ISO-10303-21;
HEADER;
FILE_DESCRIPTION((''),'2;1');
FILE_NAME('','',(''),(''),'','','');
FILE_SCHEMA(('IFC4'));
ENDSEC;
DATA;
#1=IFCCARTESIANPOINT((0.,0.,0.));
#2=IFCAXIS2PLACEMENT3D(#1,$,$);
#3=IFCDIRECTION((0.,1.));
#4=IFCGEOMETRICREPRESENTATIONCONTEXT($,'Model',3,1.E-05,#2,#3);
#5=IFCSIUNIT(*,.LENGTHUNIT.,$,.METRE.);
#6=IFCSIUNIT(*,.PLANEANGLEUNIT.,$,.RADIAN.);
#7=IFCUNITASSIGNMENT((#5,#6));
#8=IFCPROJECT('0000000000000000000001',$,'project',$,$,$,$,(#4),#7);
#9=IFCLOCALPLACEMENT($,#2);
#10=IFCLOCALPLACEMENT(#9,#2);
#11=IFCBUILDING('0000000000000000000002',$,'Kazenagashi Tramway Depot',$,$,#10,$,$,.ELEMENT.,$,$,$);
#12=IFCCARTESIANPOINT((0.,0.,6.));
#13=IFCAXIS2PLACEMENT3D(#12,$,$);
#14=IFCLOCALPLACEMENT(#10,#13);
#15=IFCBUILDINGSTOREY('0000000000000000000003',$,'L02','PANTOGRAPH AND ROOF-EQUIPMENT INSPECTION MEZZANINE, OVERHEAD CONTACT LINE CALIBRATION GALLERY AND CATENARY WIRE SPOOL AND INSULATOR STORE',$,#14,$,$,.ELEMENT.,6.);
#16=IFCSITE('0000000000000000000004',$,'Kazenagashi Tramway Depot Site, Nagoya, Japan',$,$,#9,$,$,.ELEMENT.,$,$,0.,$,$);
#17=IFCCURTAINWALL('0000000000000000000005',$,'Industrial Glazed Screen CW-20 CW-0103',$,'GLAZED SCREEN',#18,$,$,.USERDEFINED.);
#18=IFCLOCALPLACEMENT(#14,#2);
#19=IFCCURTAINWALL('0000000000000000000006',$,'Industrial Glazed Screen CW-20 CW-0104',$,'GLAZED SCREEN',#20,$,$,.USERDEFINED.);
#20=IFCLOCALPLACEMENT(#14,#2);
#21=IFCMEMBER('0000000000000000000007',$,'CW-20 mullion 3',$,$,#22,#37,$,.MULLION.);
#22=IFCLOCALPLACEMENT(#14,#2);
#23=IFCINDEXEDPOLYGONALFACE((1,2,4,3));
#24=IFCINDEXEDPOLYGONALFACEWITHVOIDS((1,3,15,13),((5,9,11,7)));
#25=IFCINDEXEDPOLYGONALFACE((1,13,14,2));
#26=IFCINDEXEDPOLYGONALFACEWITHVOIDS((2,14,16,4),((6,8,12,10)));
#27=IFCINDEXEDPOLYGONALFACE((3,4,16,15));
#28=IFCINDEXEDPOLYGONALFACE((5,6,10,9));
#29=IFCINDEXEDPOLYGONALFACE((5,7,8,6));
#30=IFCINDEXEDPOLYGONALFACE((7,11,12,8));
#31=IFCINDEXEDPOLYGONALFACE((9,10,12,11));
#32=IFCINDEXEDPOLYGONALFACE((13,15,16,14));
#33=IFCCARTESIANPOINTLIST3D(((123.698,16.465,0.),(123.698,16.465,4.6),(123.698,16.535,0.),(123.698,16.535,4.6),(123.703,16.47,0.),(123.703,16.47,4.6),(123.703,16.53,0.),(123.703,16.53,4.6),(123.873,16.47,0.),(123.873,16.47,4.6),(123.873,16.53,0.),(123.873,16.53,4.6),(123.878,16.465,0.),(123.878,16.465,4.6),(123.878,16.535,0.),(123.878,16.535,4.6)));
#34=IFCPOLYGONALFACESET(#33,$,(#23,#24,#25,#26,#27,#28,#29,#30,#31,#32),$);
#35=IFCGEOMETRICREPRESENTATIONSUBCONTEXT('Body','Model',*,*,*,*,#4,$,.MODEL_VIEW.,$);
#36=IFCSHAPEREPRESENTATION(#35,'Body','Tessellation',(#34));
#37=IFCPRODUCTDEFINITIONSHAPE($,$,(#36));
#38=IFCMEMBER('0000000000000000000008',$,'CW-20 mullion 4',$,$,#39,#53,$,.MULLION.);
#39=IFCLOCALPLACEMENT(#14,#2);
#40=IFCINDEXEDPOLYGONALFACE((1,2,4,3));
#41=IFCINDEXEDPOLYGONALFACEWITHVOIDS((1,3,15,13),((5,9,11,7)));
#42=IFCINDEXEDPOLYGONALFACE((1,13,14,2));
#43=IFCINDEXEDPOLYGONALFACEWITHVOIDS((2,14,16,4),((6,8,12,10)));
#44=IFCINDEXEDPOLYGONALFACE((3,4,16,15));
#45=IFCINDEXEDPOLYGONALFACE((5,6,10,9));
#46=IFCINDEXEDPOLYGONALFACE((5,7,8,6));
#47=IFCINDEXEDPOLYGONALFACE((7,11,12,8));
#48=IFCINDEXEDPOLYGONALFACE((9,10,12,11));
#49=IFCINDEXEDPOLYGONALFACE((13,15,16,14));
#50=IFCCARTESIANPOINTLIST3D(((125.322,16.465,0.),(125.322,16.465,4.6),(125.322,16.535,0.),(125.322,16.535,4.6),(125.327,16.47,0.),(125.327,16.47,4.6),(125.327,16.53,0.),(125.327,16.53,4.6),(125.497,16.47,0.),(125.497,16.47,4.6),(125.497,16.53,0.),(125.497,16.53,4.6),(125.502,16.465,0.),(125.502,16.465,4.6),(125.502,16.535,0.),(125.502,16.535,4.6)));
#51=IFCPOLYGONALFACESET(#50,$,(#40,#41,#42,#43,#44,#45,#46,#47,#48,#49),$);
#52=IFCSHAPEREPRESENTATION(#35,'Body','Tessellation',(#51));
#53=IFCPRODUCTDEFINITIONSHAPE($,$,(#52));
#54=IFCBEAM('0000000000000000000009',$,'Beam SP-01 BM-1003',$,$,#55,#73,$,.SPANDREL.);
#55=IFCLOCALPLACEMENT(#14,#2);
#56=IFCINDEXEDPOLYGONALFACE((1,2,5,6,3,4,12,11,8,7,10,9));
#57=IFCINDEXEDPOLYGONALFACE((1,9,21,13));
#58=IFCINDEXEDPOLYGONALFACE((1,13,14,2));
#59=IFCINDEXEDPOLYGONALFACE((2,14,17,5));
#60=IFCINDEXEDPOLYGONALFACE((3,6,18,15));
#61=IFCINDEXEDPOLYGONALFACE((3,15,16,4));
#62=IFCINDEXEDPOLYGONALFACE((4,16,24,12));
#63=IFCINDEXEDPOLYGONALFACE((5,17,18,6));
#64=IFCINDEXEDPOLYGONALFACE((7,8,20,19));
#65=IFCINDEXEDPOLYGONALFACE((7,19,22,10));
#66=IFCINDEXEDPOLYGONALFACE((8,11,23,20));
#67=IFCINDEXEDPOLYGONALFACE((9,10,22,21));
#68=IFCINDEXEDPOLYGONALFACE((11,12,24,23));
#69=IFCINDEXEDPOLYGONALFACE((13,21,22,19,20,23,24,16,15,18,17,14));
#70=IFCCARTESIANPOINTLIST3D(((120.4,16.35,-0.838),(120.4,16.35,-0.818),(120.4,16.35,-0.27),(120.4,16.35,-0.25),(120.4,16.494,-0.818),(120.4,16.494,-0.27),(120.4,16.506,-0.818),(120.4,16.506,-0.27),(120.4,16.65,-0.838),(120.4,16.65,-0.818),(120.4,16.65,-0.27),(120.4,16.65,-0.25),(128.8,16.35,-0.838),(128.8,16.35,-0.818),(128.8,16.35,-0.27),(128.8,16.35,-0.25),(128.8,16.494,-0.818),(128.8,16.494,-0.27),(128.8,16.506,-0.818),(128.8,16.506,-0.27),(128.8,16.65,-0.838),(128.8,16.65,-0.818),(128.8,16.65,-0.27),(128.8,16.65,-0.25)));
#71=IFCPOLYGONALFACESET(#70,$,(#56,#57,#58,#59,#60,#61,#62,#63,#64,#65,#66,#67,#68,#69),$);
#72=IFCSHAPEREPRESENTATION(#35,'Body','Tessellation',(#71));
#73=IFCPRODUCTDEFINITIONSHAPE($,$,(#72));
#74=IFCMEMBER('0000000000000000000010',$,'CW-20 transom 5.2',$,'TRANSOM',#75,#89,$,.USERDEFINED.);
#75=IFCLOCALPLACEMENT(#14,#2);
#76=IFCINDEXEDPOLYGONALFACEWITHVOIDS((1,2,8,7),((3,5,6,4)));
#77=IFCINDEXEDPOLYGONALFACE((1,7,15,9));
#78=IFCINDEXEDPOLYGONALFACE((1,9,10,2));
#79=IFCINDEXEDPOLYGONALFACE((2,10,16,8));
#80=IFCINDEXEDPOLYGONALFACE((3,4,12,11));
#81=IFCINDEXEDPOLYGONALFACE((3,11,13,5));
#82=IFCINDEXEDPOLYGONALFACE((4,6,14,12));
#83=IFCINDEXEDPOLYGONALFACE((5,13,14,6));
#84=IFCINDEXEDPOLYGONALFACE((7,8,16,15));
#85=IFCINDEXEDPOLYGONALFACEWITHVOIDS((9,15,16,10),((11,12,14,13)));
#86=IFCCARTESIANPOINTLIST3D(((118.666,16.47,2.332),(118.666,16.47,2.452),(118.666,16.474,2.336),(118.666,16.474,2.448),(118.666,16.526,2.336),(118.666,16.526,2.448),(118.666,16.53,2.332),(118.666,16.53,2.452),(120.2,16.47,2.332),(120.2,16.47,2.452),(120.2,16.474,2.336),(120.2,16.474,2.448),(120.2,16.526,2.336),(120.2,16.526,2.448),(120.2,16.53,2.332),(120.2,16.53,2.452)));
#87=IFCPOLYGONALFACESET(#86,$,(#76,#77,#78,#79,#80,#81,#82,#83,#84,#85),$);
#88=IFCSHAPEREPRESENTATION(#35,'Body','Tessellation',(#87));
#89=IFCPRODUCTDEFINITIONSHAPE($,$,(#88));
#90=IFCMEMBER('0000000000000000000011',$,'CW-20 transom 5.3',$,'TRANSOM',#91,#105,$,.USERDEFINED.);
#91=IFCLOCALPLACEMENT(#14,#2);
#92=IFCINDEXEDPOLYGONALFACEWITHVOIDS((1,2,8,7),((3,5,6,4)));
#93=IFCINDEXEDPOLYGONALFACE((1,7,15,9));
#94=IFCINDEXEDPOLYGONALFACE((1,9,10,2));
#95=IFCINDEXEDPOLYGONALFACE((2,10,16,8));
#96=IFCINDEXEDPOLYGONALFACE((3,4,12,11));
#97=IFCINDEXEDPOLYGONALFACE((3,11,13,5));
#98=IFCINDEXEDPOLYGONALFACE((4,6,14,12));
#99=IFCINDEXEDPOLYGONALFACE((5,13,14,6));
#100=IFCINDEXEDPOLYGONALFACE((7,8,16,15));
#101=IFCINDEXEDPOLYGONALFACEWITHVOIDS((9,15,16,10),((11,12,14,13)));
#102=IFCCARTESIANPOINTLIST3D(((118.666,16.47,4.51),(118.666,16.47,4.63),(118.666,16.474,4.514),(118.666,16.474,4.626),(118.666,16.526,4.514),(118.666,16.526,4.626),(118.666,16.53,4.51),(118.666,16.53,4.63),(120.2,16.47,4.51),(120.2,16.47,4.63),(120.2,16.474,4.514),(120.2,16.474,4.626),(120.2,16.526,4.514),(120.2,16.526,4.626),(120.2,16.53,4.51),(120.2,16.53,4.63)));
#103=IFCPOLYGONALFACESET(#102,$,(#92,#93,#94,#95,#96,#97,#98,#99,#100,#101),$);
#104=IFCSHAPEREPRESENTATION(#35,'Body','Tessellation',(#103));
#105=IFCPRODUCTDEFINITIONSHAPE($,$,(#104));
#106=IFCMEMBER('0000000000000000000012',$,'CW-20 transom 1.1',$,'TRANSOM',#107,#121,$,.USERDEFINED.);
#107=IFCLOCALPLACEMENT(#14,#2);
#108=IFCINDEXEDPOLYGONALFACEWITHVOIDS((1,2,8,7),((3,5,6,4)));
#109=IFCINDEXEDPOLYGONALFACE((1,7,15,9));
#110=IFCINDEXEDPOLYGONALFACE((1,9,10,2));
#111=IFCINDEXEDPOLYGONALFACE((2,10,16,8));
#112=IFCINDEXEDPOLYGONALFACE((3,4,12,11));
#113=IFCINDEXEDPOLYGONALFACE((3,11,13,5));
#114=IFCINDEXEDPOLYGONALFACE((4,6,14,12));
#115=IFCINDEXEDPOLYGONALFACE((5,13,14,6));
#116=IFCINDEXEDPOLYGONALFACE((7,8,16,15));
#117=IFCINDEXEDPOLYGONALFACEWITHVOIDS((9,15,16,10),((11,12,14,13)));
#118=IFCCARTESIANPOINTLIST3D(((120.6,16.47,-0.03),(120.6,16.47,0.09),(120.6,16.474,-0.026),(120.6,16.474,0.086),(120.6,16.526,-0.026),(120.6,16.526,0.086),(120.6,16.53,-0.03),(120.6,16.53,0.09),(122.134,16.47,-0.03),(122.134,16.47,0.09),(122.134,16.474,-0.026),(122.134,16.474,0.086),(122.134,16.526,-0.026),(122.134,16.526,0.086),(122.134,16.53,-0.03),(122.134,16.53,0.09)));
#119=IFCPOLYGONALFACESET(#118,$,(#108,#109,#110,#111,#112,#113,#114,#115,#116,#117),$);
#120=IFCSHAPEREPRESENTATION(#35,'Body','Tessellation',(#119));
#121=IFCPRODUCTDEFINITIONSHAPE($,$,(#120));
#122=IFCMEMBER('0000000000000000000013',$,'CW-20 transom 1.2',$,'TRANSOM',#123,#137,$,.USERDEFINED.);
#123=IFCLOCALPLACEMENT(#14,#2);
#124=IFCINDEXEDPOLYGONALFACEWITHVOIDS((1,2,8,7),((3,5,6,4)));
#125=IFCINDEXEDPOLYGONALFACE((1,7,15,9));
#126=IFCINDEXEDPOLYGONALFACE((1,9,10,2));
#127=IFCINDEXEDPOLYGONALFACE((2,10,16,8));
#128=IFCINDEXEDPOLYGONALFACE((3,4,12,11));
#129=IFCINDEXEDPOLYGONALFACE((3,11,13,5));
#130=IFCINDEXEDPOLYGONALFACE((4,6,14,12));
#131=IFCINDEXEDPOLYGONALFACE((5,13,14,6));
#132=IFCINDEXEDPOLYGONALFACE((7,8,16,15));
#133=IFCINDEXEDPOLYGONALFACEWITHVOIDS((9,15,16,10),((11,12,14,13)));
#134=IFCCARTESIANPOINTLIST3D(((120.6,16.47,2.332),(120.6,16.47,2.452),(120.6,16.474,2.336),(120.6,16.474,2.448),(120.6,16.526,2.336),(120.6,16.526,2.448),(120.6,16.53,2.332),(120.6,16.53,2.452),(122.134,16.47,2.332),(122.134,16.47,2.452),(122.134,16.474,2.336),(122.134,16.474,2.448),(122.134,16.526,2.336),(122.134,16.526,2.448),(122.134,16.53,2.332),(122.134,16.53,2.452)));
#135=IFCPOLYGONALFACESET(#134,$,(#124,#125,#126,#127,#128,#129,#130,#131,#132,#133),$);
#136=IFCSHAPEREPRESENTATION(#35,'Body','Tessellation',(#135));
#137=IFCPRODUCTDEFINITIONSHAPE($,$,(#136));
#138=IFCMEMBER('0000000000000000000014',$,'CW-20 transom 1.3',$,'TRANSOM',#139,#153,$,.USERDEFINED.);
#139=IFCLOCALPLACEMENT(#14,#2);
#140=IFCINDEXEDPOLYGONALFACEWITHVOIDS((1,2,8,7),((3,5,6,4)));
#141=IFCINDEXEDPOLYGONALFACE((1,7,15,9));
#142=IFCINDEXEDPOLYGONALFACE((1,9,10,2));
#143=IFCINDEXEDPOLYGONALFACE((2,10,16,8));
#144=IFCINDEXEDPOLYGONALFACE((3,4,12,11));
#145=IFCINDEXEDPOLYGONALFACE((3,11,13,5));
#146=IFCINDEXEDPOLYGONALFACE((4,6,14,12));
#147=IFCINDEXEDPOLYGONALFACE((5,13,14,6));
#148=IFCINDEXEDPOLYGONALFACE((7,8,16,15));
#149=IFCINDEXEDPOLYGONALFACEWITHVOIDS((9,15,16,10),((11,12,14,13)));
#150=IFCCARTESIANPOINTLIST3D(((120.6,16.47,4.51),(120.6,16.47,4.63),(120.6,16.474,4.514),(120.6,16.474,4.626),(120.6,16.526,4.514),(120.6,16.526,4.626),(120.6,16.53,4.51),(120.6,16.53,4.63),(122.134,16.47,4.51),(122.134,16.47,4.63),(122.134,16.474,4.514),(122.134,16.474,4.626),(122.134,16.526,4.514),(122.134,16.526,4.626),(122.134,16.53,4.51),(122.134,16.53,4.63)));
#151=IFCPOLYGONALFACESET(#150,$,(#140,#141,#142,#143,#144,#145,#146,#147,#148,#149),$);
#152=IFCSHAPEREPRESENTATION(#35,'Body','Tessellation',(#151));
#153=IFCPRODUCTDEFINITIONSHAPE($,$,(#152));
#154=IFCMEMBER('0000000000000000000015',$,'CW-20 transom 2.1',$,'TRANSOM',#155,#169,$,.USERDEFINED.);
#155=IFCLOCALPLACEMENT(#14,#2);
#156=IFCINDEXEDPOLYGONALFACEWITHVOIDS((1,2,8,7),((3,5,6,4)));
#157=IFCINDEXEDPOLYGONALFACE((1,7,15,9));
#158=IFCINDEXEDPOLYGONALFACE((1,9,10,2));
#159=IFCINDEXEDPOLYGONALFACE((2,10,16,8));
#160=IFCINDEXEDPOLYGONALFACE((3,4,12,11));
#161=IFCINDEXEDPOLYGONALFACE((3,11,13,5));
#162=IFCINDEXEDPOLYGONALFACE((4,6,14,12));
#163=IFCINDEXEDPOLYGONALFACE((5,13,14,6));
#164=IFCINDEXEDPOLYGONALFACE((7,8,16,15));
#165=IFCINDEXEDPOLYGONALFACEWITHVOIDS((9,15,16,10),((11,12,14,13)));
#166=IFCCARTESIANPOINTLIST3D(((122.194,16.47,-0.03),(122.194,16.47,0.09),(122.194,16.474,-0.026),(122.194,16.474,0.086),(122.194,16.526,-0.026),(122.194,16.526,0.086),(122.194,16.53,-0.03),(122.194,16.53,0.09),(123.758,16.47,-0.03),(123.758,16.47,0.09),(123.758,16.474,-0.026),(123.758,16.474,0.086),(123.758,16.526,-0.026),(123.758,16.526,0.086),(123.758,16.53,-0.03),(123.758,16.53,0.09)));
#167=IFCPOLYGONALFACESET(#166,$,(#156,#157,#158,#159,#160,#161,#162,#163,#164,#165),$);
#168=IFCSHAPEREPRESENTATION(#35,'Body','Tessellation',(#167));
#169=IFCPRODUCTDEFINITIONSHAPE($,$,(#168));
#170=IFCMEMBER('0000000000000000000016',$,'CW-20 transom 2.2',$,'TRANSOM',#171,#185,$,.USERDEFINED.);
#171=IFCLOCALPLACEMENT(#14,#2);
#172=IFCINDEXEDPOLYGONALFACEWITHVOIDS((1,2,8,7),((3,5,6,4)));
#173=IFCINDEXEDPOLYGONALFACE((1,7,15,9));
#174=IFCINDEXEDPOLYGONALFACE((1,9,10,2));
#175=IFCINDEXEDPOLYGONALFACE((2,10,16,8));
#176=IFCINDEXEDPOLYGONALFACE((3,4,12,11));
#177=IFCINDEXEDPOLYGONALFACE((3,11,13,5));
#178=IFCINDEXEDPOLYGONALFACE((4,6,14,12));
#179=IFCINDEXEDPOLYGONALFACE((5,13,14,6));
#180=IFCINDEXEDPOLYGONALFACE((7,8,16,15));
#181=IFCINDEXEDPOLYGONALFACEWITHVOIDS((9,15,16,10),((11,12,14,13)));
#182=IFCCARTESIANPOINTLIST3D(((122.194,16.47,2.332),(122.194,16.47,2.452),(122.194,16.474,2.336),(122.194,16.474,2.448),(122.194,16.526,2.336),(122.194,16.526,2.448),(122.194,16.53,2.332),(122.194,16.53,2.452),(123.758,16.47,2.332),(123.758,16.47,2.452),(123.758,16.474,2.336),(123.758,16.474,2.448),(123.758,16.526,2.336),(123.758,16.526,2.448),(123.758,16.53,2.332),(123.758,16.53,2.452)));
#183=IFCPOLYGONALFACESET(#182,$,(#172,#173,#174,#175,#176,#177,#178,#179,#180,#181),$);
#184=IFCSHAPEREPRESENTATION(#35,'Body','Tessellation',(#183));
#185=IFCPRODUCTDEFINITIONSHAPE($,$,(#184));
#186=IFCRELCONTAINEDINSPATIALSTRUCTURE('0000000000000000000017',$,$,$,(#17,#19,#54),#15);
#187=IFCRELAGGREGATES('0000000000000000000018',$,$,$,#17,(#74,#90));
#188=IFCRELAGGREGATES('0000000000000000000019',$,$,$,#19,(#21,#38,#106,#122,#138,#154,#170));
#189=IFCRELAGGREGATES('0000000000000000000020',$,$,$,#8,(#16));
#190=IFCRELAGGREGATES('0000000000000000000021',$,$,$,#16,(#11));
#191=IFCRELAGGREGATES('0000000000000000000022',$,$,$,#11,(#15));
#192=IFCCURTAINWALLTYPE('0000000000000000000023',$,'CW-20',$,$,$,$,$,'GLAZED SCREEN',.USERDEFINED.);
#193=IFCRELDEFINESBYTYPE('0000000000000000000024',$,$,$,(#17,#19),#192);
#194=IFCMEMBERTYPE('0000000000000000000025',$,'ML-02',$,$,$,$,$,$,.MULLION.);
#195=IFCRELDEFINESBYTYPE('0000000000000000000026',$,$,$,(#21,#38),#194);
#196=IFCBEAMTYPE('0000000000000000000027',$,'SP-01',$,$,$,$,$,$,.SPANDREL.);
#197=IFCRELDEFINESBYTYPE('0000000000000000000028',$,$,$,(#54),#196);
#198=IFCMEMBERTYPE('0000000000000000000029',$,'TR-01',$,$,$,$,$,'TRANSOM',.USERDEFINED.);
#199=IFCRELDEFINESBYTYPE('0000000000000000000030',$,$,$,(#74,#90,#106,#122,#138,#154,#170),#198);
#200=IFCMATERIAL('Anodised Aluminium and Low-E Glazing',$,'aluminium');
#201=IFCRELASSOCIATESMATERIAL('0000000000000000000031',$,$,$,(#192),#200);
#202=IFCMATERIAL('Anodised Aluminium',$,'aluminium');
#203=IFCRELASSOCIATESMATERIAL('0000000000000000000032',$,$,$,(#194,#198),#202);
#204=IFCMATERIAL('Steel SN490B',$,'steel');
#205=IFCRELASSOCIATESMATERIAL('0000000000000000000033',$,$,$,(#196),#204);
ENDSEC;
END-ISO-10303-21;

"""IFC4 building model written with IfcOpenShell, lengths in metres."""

from ifc_helpers import new_model, si_unit, direction, frame, origin, origin_2d, place, context, subcontext, project, spatial, hollow_rectangle, i_section, extrude, material, material_profile, profile_set, type_object, element, aggregate, save


model = new_model("IFC4")

# Units and contexts
model_context = context("Model", 3, precision=1e-05, world=origin(), true_north=direction((0.0, 1.0)))
body_context = subcontext(model_context, "Body", "Model", "MODEL_VIEW")
ifc_project = project(units=[si_unit("LENGTHUNIT", "METRE"), si_unit("PLANEANGLEUNIT", "RADIAN")], contexts=[model_context])

# Site, building, storey
site_placement = place(None, origin())
site = spatial("IfcSite", under=ifc_project, at=site_placement, Name="Kazenagashi Tramway Depot Site, Nagoya, Japan", CompositionType="ELEMENT", RefElevation=0.0)
building_placement = place(site_placement, origin())
building = spatial("IfcBuilding", under=site, at=building_placement, Name="Kazenagashi Tramway Depot", CompositionType="ELEMENT")
storey_placement = place(building_placement, frame((0.0, 0.0, 6.0)))
storey = spatial("IfcBuildingStorey", under=building, at=storey_placement, Name="L02", Description="PANTOGRAPH AND ROOF-EQUIPMENT INSPECTION MEZZANINE, OVERHEAD CONTACT LINE CALIBRATION GALLERY AND CATENARY WIRE SPOOL AND INSULATOR STORE", CompositionType="ELEMENT", Elevation=6.0)

# Shared definitions
ifc_material_1 = material(Name="Steel SN490B", Category="steel")

# Curtain wall
ifc_material_2 = material(Name="Anodised Aluminium and Low-E Glazing", Category="aluminium")
curtain_wall_type = type_object("IfcCurtainWallType", Name="CW-20", ElementType="GLAZED SCREEN", PredefinedType="USERDEFINED", material=ifc_material_2)
curtain_wall_1_placement = place(storey_placement, origin())
curtain_wall_1 = element("IfcCurtainWall", 1, at=curtain_wall_1_placement, inside=storey, type_object=curtain_wall_type, Name="Industrial Glazed Screen CW-20 CW-0103", ObjectType="GLAZED SCREEN", PredefinedType="USERDEFINED")
ifc_material_3 = material(Name="Anodised Aluminium", Category="aluminium")
ifc_material_profile_1 = material_profile(ifc_material_3, hollow_rectangle(XDim=0.07, YDim=0.18, WallThickness=0.005, at=origin_2d()), Name="RHS-180x70x5")
ifc_profile_set_1 = profile_set([ifc_material_profile_1], Name="Anodised Aluminium")
member_type_1 = type_object("IfcMemberType", Name="ML-02", PredefinedType="MULLION", material=ifc_profile_set_1)

# Curtain wall, members
curtain_wall_2_placement = place(storey_placement, origin())
curtain_wall_2 = element("IfcCurtainWall", 2, at=curtain_wall_2_placement, inside=storey, type_object=curtain_wall_type, Name="Industrial Glazed Screen CW-20 CW-0104", ObjectType="GLAZED SCREEN", PredefinedType="USERDEFINED")
member_1_placement = place(storey_placement, frame((123.788, 16.5, 0.0), z_axis=(0.0, 0.0, 1.0), x_axis=(0.0, 1.0, 0.0)))
member_1 = element("IfcMember", 3, at=member_1_placement, type_object=member_type_1, Name="CW-20 mullion 3", PredefinedType="MULLION", context=body_context, shape_type="SweptSolid", body=[
    extrude(hollow_rectangle(XDim=0.07, YDim=0.18, WallThickness=0.005, at=origin_2d()), origin(), (0.0, 0.0, 1.0), 4.6),
])
member_2_placement = place(storey_placement, frame((125.412, 16.5, 0.0), z_axis=(0.0, 0.0, 1.0), x_axis=(0.0, 1.0, 0.0)))
member_2 = element("IfcMember", 4, at=member_2_placement, type_object=member_type_1, Name="CW-20 mullion 4", PredefinedType="MULLION", context=body_context, shape_type="SweptSolid", body=[
    extrude(hollow_rectangle(XDim=0.07, YDim=0.18, WallThickness=0.005, at=origin_2d()), origin(), (0.0, 0.0, 1.0), 4.6),
])

# Beam
ifc_material_profile_2 = material_profile(ifc_material_1, i_section(OverallWidth=0.3, OverallDepth=0.588, WebThickness=0.012, FlangeThickness=0.02, at=origin_2d()), Name="H-588x300x12x20")
ifc_profile_set_2 = profile_set([ifc_material_profile_2], Name="Steel SN490B")
beam_type_1 = type_object("IfcBeamType", Name="SP-01", PredefinedType="SPANDREL", material=ifc_profile_set_2)
beam_1_placement = place(storey_placement, frame((120.4, 16.5, -0.544), z_axis=(1.0, 0.0, 0.0), x_axis=(0.0, 1.0, 0.0)))
element("IfcBeam", 5, at=beam_1_placement, inside=storey, type_object=beam_type_1, Name="Beam SP-01 BM-1003", PredefinedType="SPANDREL", context=body_context, shape_type="SweptSolid", body=[
    extrude(i_section(OverallWidth=0.3, OverallDepth=0.588, WebThickness=0.012, FlangeThickness=0.02, at=origin_2d()), origin(), (0.0, 0.0, 1.0), 8.4),
])

# Members
ifc_material_profile_3 = material_profile(ifc_material_3, hollow_rectangle(XDim=0.06, YDim=0.12, WallThickness=0.004, at=origin_2d()), Name="RHS-120x60x4")
ifc_profile_set_3 = profile_set([ifc_material_profile_3], Name="Anodised Aluminium")
member_type_2 = type_object("IfcMemberType", Name="TR-01", ElementType="TRANSOM", PredefinedType="USERDEFINED", material=ifc_profile_set_3)
member_3_placement = place(storey_placement, frame((118.666, 16.5, 2.392), z_axis=(1.0, 0.0, 0.0), x_axis=(0.0, 1.0, 0.0)))
member_3 = element("IfcMember", 6, at=member_3_placement, type_object=member_type_2, Name="CW-20 transom 5.2", ObjectType="TRANSOM", PredefinedType="USERDEFINED", context=body_context, shape_type="SweptSolid", body=[
    extrude(hollow_rectangle(XDim=0.06, YDim=0.12, WallThickness=0.004, at=origin_2d()), origin(), (0.0, 0.0, 1.0), 1.534),
])
member_4_placement = place(storey_placement, frame((118.666, 16.5, 4.57), z_axis=(1.0, 0.0, 0.0), x_axis=(0.0, 1.0, 0.0)))
member_4 = element("IfcMember", 7, at=member_4_placement, type_object=member_type_2, Name="CW-20 transom 5.3", ObjectType="TRANSOM", PredefinedType="USERDEFINED", context=body_context, shape_type="SweptSolid", body=[
    extrude(hollow_rectangle(XDim=0.06, YDim=0.12, WallThickness=0.004, at=origin_2d()), origin(), (0.0, 0.0, 1.0), 1.534),
])
member_5_placement = place(storey_placement, frame((120.6, 16.5, 0.03), z_axis=(1.0, 0.0, 0.0), x_axis=(0.0, 1.0, 0.0)))
member_5 = element("IfcMember", 8, at=member_5_placement, type_object=member_type_2, Name="CW-20 transom 1.1", ObjectType="TRANSOM", PredefinedType="USERDEFINED", context=body_context, shape_type="SweptSolid", body=[
    extrude(hollow_rectangle(XDim=0.06, YDim=0.12, WallThickness=0.004, at=origin_2d()), origin(), (0.0, 0.0, 1.0), 1.534),
])
member_6_placement = place(storey_placement, frame((120.6, 16.5, 2.392), z_axis=(1.0, 0.0, 0.0), x_axis=(0.0, 1.0, 0.0)))
member_6 = element("IfcMember", 9, at=member_6_placement, type_object=member_type_2, Name="CW-20 transom 1.2", ObjectType="TRANSOM", PredefinedType="USERDEFINED", context=body_context, shape_type="SweptSolid", body=[
    extrude(hollow_rectangle(XDim=0.06, YDim=0.12, WallThickness=0.004, at=origin_2d()), origin(), (0.0, 0.0, 1.0), 1.534),
])
member_7_placement = place(storey_placement, frame((120.6, 16.5, 4.57), z_axis=(1.0, 0.0, 0.0), x_axis=(0.0, 1.0, 0.0)))
member_7 = element("IfcMember", 10, at=member_7_placement, type_object=member_type_2, Name="CW-20 transom 1.3", ObjectType="TRANSOM", PredefinedType="USERDEFINED", context=body_context, shape_type="SweptSolid", body=[
    extrude(hollow_rectangle(XDim=0.06, YDim=0.12, WallThickness=0.004, at=origin_2d()), origin(), (0.0, 0.0, 1.0), 1.534),
])
member_8_placement = place(storey_placement, frame((122.194, 16.5, 0.03), z_axis=(1.0, 0.0, 0.0), x_axis=(0.0, 1.0, 0.0)))
member_8 = element("IfcMember", 11, at=member_8_placement, type_object=member_type_2, Name="CW-20 transom 2.1", ObjectType="TRANSOM", PredefinedType="USERDEFINED", context=body_context, shape_type="SweptSolid", body=[
    extrude(hollow_rectangle(XDim=0.06, YDim=0.12, WallThickness=0.004, at=origin_2d()), origin(), (0.0, 0.0, 1.0), 1.564),
])
member_9_placement = place(storey_placement, frame((122.194, 16.5, 2.392), z_axis=(1.0, 0.0, 0.0), x_axis=(0.0, 1.0, 0.0)))
member_9 = element("IfcMember", 12, at=member_9_placement, type_object=member_type_2, Name="CW-20 transom 2.2", ObjectType="TRANSOM", PredefinedType="USERDEFINED", context=body_context, shape_type="SweptSolid", body=[
    extrude(hollow_rectangle(XDim=0.06, YDim=0.12, WallThickness=0.004, at=origin_2d()), origin(), (0.0, 0.0, 1.0), 1.564),
])

aggregate(curtain_wall_1, [member_3, member_4])
aggregate(curtain_wall_2, [member_1, member_2, member_5, member_6, member_7, member_8, member_9])

save(model, "model.ifc")
